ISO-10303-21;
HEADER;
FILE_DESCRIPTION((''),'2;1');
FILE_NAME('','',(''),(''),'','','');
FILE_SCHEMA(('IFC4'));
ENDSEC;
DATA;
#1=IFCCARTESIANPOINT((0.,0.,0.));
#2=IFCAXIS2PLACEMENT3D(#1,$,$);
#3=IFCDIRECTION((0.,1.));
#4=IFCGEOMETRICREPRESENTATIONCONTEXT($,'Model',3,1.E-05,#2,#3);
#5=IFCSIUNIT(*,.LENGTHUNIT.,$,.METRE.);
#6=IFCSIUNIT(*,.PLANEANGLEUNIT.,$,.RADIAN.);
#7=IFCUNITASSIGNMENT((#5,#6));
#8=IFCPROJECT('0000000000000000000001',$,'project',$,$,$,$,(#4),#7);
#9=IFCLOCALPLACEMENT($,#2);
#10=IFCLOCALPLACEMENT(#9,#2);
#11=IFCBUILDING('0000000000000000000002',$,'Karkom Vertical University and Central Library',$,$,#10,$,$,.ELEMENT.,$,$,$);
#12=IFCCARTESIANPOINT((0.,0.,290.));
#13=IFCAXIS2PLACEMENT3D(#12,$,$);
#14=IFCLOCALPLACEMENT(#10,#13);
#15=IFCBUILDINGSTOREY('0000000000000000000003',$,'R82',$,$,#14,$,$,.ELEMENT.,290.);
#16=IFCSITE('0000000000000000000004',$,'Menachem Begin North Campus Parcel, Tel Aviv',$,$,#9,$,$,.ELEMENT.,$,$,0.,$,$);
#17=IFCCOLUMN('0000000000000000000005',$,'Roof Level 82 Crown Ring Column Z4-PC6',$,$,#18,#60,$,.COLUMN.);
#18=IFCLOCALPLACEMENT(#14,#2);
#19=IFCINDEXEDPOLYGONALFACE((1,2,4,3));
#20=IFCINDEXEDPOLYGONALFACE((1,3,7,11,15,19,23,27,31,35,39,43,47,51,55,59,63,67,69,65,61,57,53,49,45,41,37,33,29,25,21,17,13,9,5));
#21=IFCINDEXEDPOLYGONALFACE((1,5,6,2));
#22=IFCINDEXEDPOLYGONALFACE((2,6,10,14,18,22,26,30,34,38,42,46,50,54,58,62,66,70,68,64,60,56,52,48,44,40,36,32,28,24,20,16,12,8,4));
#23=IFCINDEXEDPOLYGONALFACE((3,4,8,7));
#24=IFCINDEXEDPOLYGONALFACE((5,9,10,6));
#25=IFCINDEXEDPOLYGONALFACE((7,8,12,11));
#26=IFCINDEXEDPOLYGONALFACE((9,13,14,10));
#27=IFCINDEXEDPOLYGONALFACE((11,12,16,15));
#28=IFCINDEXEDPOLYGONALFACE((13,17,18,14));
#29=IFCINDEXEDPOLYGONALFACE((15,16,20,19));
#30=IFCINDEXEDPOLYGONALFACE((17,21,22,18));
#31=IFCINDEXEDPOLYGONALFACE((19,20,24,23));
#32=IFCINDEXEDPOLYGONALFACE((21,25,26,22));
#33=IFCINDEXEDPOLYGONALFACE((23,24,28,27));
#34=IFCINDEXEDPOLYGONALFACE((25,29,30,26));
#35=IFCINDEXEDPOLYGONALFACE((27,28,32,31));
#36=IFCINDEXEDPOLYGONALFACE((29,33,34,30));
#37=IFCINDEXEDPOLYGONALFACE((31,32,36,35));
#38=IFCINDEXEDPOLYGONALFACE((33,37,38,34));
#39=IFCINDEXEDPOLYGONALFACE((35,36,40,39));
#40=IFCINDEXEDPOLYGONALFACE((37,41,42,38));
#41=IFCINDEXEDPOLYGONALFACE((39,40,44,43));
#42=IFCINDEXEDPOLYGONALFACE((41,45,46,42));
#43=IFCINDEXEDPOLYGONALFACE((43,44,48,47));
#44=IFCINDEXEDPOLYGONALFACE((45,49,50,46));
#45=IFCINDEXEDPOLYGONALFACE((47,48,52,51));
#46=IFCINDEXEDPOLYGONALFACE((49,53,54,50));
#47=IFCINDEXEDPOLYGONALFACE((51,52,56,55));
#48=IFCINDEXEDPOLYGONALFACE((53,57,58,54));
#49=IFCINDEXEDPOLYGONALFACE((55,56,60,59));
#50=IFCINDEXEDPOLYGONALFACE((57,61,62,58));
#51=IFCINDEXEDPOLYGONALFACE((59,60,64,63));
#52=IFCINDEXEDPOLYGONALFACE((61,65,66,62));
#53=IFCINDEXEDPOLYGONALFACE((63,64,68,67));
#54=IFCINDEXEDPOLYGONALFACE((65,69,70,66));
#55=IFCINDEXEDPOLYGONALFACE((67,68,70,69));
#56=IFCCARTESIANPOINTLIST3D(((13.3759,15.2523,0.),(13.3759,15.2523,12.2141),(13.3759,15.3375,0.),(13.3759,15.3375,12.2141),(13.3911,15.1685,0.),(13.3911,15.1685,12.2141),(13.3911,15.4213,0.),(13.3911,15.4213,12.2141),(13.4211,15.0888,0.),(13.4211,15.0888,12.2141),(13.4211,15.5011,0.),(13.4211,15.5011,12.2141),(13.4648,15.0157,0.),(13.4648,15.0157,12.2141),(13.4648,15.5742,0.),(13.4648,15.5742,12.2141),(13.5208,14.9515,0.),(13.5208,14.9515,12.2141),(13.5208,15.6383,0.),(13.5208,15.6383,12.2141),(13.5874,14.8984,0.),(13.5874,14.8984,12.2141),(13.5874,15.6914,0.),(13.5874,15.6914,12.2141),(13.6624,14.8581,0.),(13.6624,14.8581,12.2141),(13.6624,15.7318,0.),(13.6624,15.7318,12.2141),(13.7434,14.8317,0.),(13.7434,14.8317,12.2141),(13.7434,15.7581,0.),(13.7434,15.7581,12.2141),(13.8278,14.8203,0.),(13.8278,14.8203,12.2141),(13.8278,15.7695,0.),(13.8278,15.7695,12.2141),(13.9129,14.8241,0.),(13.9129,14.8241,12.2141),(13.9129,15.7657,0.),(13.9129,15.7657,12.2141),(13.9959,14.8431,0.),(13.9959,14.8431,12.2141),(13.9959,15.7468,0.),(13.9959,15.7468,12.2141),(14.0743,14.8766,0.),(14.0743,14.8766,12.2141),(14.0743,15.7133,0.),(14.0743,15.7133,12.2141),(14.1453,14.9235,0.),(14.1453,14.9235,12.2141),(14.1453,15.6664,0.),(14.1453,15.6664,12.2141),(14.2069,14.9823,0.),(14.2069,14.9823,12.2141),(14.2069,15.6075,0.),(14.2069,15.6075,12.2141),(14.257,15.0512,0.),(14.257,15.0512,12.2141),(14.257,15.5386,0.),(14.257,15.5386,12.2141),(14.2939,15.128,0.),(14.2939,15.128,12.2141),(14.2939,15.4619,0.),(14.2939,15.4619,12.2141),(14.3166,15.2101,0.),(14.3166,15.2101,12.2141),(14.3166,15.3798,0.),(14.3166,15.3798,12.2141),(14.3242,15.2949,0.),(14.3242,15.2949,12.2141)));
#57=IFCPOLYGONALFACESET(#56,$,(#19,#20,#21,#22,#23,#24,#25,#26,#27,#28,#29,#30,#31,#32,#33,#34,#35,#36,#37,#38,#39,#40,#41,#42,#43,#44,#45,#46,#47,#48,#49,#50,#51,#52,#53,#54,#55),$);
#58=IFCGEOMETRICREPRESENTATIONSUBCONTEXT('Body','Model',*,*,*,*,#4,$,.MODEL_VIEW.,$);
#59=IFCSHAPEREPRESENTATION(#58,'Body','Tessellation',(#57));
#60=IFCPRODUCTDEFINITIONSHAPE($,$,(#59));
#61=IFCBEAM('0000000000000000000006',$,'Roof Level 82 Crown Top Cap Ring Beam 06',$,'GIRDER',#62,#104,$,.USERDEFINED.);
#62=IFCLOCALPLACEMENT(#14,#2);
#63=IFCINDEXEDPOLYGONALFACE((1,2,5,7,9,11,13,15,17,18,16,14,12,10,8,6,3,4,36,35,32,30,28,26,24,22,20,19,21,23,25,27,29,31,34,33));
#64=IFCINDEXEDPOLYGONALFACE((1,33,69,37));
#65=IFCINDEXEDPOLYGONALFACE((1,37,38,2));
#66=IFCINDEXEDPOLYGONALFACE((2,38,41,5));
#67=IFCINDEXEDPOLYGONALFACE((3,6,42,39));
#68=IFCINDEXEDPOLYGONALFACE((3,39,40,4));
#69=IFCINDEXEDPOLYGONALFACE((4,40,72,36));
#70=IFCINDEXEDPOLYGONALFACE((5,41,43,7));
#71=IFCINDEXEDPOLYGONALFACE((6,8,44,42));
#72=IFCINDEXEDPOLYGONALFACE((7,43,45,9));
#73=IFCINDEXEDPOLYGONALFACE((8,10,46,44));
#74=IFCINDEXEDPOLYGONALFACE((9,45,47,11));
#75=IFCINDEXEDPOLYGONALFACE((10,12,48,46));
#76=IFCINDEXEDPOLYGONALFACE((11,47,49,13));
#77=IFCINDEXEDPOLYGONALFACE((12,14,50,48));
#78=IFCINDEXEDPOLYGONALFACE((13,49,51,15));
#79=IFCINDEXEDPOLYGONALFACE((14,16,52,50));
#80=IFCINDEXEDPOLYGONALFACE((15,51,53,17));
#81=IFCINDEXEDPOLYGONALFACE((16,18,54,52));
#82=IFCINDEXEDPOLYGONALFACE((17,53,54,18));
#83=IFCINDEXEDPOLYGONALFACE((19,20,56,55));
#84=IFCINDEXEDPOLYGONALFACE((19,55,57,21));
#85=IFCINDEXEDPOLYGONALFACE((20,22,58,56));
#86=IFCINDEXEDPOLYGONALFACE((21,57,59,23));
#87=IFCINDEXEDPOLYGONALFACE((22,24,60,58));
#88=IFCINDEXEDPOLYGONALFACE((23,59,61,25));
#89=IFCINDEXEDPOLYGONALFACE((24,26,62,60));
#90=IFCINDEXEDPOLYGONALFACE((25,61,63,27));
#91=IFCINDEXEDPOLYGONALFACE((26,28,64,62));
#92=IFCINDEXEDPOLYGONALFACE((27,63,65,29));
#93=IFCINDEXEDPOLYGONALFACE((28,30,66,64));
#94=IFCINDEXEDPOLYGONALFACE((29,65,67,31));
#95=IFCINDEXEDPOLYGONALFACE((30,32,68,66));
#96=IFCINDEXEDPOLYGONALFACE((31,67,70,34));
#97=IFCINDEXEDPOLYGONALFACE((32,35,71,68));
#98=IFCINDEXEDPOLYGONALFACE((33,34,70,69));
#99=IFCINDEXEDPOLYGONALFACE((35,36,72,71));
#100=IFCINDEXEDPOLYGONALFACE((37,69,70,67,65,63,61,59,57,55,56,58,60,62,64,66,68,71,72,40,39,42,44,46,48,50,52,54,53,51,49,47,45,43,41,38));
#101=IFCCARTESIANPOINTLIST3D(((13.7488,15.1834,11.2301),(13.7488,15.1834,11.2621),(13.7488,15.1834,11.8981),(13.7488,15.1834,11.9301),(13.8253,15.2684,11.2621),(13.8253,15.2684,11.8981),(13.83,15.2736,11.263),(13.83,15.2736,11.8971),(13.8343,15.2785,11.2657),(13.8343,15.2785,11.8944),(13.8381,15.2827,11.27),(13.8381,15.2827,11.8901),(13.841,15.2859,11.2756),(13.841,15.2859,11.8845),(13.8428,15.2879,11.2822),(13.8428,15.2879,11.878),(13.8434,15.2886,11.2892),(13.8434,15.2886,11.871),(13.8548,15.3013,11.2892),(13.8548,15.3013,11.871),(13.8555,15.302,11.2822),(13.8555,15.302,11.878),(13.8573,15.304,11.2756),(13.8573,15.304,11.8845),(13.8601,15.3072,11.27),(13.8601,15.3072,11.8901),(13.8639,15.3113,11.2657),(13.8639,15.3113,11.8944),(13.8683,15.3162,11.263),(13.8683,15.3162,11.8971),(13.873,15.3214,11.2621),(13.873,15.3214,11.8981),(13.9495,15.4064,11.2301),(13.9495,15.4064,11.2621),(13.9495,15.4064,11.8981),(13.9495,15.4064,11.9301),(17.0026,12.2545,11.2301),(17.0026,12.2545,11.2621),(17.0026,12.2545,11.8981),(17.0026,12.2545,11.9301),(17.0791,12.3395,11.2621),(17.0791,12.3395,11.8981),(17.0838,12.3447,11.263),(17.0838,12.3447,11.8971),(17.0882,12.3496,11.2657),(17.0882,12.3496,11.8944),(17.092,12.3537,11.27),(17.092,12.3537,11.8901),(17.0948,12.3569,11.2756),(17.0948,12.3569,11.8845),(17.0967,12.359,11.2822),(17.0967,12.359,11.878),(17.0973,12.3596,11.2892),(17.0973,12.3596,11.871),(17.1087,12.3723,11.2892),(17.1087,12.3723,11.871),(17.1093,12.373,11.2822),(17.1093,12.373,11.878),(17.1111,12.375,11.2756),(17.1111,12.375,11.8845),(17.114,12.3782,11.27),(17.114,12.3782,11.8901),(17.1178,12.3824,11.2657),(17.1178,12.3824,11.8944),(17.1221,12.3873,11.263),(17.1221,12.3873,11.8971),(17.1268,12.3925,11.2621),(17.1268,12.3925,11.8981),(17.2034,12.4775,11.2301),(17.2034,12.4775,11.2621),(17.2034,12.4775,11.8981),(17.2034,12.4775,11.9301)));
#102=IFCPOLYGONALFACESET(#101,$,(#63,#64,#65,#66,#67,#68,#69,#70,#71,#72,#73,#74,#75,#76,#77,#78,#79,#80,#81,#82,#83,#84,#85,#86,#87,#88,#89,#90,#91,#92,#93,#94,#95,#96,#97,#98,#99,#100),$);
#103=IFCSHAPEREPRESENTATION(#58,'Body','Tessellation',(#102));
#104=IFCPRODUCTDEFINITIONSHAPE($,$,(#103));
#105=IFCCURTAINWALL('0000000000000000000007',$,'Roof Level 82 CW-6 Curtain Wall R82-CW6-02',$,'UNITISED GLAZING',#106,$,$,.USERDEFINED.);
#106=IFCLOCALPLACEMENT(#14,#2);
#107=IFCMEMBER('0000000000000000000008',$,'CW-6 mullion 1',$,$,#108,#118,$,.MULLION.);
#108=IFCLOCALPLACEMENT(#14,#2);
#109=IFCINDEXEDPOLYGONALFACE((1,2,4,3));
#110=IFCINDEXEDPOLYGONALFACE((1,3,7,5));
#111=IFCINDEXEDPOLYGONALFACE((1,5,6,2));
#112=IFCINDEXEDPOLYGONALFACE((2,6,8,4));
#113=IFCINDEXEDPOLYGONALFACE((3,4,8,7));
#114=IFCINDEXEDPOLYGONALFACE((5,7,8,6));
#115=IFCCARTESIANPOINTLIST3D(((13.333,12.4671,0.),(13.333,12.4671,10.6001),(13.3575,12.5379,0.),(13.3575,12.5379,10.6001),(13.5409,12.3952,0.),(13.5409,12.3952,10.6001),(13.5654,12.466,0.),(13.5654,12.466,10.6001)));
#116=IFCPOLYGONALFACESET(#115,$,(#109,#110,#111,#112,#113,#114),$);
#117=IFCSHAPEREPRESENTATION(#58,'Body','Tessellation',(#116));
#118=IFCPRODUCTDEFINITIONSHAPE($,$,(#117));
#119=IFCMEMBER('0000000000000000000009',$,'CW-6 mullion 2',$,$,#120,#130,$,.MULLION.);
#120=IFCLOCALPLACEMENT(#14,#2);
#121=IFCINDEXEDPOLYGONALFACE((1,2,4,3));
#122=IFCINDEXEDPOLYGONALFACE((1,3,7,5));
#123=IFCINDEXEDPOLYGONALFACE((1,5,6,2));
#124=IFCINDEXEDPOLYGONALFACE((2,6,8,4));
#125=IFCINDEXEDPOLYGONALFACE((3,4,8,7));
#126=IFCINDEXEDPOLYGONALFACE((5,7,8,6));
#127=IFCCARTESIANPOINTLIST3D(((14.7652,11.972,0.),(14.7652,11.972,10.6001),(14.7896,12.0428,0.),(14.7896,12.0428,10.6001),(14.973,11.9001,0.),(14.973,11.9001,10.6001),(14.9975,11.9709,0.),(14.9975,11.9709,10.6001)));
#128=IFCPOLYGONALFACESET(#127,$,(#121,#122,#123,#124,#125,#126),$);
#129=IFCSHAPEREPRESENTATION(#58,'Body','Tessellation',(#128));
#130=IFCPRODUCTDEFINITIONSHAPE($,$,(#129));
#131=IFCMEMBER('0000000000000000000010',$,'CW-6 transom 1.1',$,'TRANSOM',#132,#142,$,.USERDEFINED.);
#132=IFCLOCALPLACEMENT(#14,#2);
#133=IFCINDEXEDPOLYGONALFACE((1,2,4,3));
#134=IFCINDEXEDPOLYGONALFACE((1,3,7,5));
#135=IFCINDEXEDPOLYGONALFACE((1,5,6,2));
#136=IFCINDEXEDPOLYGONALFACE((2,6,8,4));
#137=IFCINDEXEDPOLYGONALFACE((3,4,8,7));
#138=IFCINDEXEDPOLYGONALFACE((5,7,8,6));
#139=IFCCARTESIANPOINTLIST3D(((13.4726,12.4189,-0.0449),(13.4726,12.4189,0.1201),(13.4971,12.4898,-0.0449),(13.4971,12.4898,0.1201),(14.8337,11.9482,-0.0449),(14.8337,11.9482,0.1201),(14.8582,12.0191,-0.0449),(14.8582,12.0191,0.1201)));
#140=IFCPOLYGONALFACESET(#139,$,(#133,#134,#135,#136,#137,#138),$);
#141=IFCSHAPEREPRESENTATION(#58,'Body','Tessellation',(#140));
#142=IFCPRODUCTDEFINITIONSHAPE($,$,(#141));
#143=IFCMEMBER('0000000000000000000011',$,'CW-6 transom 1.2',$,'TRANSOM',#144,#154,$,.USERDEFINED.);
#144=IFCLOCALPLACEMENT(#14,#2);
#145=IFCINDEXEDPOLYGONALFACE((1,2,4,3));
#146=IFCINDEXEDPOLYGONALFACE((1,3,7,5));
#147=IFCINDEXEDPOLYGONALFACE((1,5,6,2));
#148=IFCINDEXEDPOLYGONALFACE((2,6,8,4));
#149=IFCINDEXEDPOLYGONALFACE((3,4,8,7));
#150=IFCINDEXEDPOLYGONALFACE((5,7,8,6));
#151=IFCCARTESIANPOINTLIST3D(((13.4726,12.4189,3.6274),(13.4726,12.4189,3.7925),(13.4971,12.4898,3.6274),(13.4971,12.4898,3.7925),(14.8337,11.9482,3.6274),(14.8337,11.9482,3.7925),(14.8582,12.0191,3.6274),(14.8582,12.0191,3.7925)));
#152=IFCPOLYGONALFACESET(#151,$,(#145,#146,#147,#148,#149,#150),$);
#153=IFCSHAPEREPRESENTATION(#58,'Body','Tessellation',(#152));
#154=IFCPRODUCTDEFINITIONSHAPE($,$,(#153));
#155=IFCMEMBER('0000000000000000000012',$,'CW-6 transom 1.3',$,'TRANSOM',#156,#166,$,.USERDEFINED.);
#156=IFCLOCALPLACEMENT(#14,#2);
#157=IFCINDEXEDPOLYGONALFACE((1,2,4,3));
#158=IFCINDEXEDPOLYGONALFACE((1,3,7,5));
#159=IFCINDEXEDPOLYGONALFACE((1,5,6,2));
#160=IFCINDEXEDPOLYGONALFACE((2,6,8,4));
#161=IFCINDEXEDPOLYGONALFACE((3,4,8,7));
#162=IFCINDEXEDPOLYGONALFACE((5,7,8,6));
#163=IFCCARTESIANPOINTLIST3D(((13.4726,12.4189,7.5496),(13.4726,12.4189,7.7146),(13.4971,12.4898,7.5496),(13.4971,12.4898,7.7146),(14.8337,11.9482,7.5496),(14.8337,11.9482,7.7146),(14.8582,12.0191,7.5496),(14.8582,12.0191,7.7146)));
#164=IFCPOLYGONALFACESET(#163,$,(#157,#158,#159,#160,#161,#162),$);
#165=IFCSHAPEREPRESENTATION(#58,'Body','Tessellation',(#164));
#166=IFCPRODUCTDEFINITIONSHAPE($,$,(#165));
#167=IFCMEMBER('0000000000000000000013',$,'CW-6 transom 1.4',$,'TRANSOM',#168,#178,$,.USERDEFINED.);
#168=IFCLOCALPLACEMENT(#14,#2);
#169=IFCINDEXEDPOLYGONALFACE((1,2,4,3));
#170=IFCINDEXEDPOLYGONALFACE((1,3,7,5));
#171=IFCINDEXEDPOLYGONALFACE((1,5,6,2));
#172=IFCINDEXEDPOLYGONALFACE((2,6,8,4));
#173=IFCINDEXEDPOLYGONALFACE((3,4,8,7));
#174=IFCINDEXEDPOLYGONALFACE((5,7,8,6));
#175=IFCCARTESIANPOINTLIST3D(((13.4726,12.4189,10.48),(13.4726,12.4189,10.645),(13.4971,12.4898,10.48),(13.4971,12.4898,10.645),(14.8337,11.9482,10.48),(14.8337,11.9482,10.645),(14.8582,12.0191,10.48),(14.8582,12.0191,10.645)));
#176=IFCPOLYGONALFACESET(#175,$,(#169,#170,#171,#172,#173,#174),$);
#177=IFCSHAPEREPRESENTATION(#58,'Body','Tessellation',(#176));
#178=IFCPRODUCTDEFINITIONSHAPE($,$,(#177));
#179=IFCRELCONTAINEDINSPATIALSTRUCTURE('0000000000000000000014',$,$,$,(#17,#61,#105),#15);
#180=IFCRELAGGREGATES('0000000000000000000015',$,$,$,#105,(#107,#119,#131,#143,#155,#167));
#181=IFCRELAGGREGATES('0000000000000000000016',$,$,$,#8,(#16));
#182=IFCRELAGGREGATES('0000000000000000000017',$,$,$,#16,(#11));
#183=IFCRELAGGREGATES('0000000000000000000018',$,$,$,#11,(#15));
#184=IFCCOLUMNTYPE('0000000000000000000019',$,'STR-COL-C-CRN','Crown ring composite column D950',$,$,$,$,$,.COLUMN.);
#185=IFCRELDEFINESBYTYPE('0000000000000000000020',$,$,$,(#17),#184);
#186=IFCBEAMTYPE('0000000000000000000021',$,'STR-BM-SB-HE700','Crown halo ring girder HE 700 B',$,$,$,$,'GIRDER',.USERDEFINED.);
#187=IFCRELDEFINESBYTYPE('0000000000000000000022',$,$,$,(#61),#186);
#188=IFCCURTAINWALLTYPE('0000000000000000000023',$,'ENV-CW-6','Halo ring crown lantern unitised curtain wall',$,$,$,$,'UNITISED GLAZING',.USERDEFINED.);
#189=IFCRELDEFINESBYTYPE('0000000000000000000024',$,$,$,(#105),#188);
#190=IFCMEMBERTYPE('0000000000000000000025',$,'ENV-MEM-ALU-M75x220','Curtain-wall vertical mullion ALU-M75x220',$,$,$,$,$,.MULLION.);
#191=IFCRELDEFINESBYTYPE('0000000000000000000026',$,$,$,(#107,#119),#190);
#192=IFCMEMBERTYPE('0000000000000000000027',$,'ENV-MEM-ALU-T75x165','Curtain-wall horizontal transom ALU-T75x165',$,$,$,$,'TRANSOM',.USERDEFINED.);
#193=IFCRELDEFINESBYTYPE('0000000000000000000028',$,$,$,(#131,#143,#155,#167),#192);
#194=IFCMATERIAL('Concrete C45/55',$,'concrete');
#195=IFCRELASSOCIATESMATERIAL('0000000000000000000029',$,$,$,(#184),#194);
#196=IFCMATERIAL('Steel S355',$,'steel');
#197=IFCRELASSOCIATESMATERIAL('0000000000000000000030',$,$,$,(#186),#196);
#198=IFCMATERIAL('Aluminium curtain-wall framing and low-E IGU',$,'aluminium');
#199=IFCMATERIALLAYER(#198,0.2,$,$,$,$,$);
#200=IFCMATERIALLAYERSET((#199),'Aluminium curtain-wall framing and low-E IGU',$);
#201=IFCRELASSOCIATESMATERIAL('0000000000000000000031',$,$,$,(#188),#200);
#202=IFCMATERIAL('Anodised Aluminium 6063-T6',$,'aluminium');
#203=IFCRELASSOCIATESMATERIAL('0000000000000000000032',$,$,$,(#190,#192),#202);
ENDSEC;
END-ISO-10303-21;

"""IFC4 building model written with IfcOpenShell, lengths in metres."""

from ifc_helpers import new_model, si_unit, direction, frame, origin, origin_with_axes, origin_2d, place, context, subcontext, project, spatial, rectangle, circle, i_section, extrude, source, transform, mapped, material, layer, layer_set, material_profile, profile_set, type_object, element, aggregate, save


model = new_model("IFC4")

# Units and contexts
model_context = context("Model", 3, precision=1e-05, world=origin(), true_north=direction((0.0, 1.0)))
body_context = subcontext(model_context, "Body", "Model", "MODEL_VIEW")
ifc_project = project(units=[si_unit("LENGTHUNIT", "METRE"), si_unit("PLANEANGLEUNIT", "RADIAN")], contexts=[model_context])

# Site, building, storey
site_placement = place(None, origin())
site = spatial("IfcSite", under=ifc_project, at=site_placement, Name="Menachem Begin North Campus Parcel, Tel Aviv", CompositionType="ELEMENT", RefElevation=0.0)
building_placement = place(site_placement, origin())
building = spatial("IfcBuilding", under=site, at=building_placement, Name="Karkom Vertical University and Central Library", CompositionType="ELEMENT")
storey_placement = place(building_placement, frame((0.0, 0.0, 290.0)))
storey = spatial("IfcBuildingStorey", under=building, at=storey_placement, Name="R82", CompositionType="ELEMENT", Elevation=290.0)

# Column
ifc_material_1 = material(Name="Concrete C45/55", Category="concrete")
ifc_material_profile_1 = material_profile(ifc_material_1, circle(Radius=0.4751, at=origin_2d()), Name="CFT-D950")
ifc_profile_set_1 = profile_set([ifc_material_profile_1], Name="Concrete C45/55")
column_type = type_object("IfcColumnType", Name="STR-COL-C-CRN", Description="Crown ring composite column D950", PredefinedType="COLUMN", material=ifc_profile_set_1)
shared_shape_1 = source(origin_with_axes(), body_context, "Body", "SweptSolid", [
    extrude(circle(Radius=0.4751, at=origin_2d()), origin(), (0.0, 0.0, 1.0), 12.2141),
])
column_placement = place(storey_placement, frame((13.8491, 15.2949, 0.0), z_axis=(0.0, 0.0, 1.0), x_axis=(1.0, 0.0, 0.0)))
element("IfcColumn", 1, at=column_placement, inside=storey, type_object=column_type, Name="Roof Level 82 Crown Ring Column Z4-PC6", PredefinedType="COLUMN", context=body_context, shape_type="MappedRepresentation", body=[
    mapped(shared_shape_1, transform((0.0, 0.0, 0.0), scale=1.0)),
])

# Beam
ifc_material_2 = material(Name="Steel S355", Category="steel")
ifc_material_profile_2 = material_profile(ifc_material_2, i_section(OverallWidth=0.3, OverallDepth=0.7, WebThickness=0.0171, FlangeThickness=0.032, FilletRadius=0.0271, at=origin_2d()), Name="HE 700 B")
ifc_profile_set_2 = profile_set([ifc_material_profile_2], Name="Steel S355")
beam_type = type_object("IfcBeamType", Name="STR-BM-SB-HE700", Description="Crown halo ring girder HE 700 B", ElementType="GIRDER", PredefinedType="USERDEFINED", material=ifc_profile_set_2)
shared_shape_2 = source(origin_with_axes(), body_context, "Body", "SweptSolid", [
    extrude(i_section(OverallWidth=0.3, OverallDepth=0.7, WebThickness=0.0171, FlangeThickness=0.032, FilletRadius=0.0271, at=origin_2d()), origin(), (0.0, 0.0, 1.0), 4.3779),
])
beam_placement = place(storey_placement, frame((13.8491, 15.2949, 11.5801), z_axis=(0.743244, -0.66902, 0.0), x_axis=(0.66902, 0.743244, 0.0)))
element("IfcBeam", 2, at=beam_placement, inside=storey, type_object=beam_type, Name="Roof Level 82 Crown Top Cap Ring Beam 06", ObjectType="GIRDER", PredefinedType="USERDEFINED", context=body_context, shape_type="MappedRepresentation", body=[
    mapped(shared_shape_2, transform((0.0, 0.0, 0.0), scale=1.0)),
])

# Curtain wall, members
ifc_material_3 = material(Name="Aluminium curtain-wall framing and low-E IGU", Category="aluminium")
ifc_layer_1 = layer(ifc_material_3, 0.2)
ifc_layer_set_1 = layer_set([ifc_layer_1], Name="Aluminium curtain-wall framing and low-E IGU")
curtain_wall_type = type_object("IfcCurtainWallType", Name="ENV-CW-6", Description="Halo ring crown lantern unitised curtain wall", ElementType="UNITISED GLAZING", PredefinedType="USERDEFINED", material=ifc_layer_set_1)
curtain_wall_placement = place(storey_placement, origin())
curtain_wall = element("IfcCurtainWall", 3, at=curtain_wall_placement, inside=storey, type_object=curtain_wall_type, Name="Roof Level 82 CW-6 Curtain Wall R82-CW6-02", ObjectType="UNITISED GLAZING", PredefinedType="USERDEFINED")
ifc_material_4 = material(Name="Anodised Aluminium 6063-T6", Category="aluminium")
ifc_material_profile_3 = material_profile(ifc_material_4, rectangle(XDim=0.075, YDim=0.22, at=origin_2d()), Name="ALU-M75x220")
ifc_profile_set_3 = profile_set([ifc_material_profile_3], Name="Anodised Aluminium 6063-T6")
member_type_1 = type_object("IfcMemberType", Name="ENV-MEM-ALU-M75x220", Description="Curtain-wall vertical mullion ALU-M75x220", PredefinedType="MULLION", material=ifc_profile_set_3)
shared_shape_3 = source(origin_with_axes(), body_context, "Body", "SweptSolid", [
    extrude(rectangle(XDim=0.075, YDim=0.22, at=origin_2d()), origin(), (0.0, 0.0, 1.0), 10.6001),
])
member_1_placement = place(storey_placement, frame((13.4492, 12.4666, 0.0), z_axis=(0.0, 0.0, 1.0), x_axis=(0.326823, 0.945085, 0.0)))
member_1 = element("IfcMember", 4, at=member_1_placement, type_object=member_type_1, Name="CW-6 mullion 1", PredefinedType="MULLION", context=body_context, shape_type="MappedRepresentation", body=[
    mapped(shared_shape_3, transform((0.0, 0.0, 0.0), scale=1.0)),
])
member_2_placement = place(storey_placement, frame((14.8813, 11.9714, 0.0), z_axis=(0.0, 0.0, 1.0), x_axis=(0.326823, 0.945085, 0.0)))
member_2 = element("IfcMember", 5, at=member_2_placement, type_object=member_type_1, Name="CW-6 mullion 2", PredefinedType="MULLION", context=body_context, shape_type="MappedRepresentation", body=[
    mapped(shared_shape_3, transform((0.0, 0.0, 0.0), scale=1.0)),
])
ifc_material_profile_4 = material_profile(ifc_material_4, rectangle(XDim=0.075, YDim=0.165, at=origin_2d()), Name="ALU-T75x165")
ifc_profile_set_4 = profile_set([ifc_material_profile_4], Name="Anodised Aluminium 6063-T6")
member_type_2 = type_object("IfcMemberType", Name="ENV-MEM-ALU-T75x165", Description="Curtain-wall horizontal transom ALU-T75x165", ElementType="TRANSOM", PredefinedType="USERDEFINED", material=ifc_profile_set_4)
shared_shape_4 = source(origin_with_axes(), body_context, "Body", "SweptSolid", [
    extrude(rectangle(XDim=0.075, YDim=0.165, at=origin_2d()), origin(), (0.0, 0.0, 1.0), 1.4402),
])
member_3_placement = place(storey_placement, frame((13.4849, 12.4543, 0.0376), z_axis=(0.945081, -0.326837, 0.0), x_axis=(0.326837, 0.945081, 0.0)))
member_3 = element("IfcMember", 6, at=member_3_placement, type_object=member_type_2, Name="CW-6 transom 1.1", ObjectType="TRANSOM", PredefinedType="USERDEFINED", context=body_context, shape_type="MappedRepresentation", body=[
    mapped(shared_shape_4, transform((0.0, 0.0, 0.0), scale=1.0)),
])
member_4_placement = place(storey_placement, frame((13.4849, 12.4543, 3.71), z_axis=(0.945081, -0.326837, 0.0), x_axis=(0.326837, 0.945081, 0.0)))
member_4 = element("IfcMember", 7, at=member_4_placement, type_object=member_type_2, Name="CW-6 transom 1.2", ObjectType="TRANSOM", PredefinedType="USERDEFINED", context=body_context, shape_type="MappedRepresentation", body=[
    mapped(shared_shape_4, transform((0.0, 0.0, 0.0), scale=1.0)),
])
member_5_placement = place(storey_placement, frame((13.4849, 12.4543, 7.6321), z_axis=(0.945081, -0.326837, 0.0), x_axis=(0.326837, 0.945081, 0.0)))
member_5 = element("IfcMember", 8, at=member_5_placement, type_object=member_type_2, Name="CW-6 transom 1.3", ObjectType="TRANSOM", PredefinedType="USERDEFINED", context=body_context, shape_type="MappedRepresentation", body=[
    mapped(shared_shape_4, transform((0.0, 0.0, 0.0), scale=1.0)),
])
member_6_placement = place(storey_placement, frame((13.4849, 12.4543, 10.5625), z_axis=(0.945081, -0.326837, 0.0), x_axis=(0.326837, 0.945081, 0.0)))
member_6 = element("IfcMember", 9, at=member_6_placement, type_object=member_type_2, Name="CW-6 transom 1.4", ObjectType="TRANSOM", PredefinedType="USERDEFINED", context=body_context, shape_type="MappedRepresentation", body=[
    mapped(shared_shape_4, transform((0.0, 0.0, 0.0), scale=1.0)),
])

aggregate(curtain_wall, [member_1, member_2, member_3, member_4, member_5, member_6])

save(model, "model.ifc")
